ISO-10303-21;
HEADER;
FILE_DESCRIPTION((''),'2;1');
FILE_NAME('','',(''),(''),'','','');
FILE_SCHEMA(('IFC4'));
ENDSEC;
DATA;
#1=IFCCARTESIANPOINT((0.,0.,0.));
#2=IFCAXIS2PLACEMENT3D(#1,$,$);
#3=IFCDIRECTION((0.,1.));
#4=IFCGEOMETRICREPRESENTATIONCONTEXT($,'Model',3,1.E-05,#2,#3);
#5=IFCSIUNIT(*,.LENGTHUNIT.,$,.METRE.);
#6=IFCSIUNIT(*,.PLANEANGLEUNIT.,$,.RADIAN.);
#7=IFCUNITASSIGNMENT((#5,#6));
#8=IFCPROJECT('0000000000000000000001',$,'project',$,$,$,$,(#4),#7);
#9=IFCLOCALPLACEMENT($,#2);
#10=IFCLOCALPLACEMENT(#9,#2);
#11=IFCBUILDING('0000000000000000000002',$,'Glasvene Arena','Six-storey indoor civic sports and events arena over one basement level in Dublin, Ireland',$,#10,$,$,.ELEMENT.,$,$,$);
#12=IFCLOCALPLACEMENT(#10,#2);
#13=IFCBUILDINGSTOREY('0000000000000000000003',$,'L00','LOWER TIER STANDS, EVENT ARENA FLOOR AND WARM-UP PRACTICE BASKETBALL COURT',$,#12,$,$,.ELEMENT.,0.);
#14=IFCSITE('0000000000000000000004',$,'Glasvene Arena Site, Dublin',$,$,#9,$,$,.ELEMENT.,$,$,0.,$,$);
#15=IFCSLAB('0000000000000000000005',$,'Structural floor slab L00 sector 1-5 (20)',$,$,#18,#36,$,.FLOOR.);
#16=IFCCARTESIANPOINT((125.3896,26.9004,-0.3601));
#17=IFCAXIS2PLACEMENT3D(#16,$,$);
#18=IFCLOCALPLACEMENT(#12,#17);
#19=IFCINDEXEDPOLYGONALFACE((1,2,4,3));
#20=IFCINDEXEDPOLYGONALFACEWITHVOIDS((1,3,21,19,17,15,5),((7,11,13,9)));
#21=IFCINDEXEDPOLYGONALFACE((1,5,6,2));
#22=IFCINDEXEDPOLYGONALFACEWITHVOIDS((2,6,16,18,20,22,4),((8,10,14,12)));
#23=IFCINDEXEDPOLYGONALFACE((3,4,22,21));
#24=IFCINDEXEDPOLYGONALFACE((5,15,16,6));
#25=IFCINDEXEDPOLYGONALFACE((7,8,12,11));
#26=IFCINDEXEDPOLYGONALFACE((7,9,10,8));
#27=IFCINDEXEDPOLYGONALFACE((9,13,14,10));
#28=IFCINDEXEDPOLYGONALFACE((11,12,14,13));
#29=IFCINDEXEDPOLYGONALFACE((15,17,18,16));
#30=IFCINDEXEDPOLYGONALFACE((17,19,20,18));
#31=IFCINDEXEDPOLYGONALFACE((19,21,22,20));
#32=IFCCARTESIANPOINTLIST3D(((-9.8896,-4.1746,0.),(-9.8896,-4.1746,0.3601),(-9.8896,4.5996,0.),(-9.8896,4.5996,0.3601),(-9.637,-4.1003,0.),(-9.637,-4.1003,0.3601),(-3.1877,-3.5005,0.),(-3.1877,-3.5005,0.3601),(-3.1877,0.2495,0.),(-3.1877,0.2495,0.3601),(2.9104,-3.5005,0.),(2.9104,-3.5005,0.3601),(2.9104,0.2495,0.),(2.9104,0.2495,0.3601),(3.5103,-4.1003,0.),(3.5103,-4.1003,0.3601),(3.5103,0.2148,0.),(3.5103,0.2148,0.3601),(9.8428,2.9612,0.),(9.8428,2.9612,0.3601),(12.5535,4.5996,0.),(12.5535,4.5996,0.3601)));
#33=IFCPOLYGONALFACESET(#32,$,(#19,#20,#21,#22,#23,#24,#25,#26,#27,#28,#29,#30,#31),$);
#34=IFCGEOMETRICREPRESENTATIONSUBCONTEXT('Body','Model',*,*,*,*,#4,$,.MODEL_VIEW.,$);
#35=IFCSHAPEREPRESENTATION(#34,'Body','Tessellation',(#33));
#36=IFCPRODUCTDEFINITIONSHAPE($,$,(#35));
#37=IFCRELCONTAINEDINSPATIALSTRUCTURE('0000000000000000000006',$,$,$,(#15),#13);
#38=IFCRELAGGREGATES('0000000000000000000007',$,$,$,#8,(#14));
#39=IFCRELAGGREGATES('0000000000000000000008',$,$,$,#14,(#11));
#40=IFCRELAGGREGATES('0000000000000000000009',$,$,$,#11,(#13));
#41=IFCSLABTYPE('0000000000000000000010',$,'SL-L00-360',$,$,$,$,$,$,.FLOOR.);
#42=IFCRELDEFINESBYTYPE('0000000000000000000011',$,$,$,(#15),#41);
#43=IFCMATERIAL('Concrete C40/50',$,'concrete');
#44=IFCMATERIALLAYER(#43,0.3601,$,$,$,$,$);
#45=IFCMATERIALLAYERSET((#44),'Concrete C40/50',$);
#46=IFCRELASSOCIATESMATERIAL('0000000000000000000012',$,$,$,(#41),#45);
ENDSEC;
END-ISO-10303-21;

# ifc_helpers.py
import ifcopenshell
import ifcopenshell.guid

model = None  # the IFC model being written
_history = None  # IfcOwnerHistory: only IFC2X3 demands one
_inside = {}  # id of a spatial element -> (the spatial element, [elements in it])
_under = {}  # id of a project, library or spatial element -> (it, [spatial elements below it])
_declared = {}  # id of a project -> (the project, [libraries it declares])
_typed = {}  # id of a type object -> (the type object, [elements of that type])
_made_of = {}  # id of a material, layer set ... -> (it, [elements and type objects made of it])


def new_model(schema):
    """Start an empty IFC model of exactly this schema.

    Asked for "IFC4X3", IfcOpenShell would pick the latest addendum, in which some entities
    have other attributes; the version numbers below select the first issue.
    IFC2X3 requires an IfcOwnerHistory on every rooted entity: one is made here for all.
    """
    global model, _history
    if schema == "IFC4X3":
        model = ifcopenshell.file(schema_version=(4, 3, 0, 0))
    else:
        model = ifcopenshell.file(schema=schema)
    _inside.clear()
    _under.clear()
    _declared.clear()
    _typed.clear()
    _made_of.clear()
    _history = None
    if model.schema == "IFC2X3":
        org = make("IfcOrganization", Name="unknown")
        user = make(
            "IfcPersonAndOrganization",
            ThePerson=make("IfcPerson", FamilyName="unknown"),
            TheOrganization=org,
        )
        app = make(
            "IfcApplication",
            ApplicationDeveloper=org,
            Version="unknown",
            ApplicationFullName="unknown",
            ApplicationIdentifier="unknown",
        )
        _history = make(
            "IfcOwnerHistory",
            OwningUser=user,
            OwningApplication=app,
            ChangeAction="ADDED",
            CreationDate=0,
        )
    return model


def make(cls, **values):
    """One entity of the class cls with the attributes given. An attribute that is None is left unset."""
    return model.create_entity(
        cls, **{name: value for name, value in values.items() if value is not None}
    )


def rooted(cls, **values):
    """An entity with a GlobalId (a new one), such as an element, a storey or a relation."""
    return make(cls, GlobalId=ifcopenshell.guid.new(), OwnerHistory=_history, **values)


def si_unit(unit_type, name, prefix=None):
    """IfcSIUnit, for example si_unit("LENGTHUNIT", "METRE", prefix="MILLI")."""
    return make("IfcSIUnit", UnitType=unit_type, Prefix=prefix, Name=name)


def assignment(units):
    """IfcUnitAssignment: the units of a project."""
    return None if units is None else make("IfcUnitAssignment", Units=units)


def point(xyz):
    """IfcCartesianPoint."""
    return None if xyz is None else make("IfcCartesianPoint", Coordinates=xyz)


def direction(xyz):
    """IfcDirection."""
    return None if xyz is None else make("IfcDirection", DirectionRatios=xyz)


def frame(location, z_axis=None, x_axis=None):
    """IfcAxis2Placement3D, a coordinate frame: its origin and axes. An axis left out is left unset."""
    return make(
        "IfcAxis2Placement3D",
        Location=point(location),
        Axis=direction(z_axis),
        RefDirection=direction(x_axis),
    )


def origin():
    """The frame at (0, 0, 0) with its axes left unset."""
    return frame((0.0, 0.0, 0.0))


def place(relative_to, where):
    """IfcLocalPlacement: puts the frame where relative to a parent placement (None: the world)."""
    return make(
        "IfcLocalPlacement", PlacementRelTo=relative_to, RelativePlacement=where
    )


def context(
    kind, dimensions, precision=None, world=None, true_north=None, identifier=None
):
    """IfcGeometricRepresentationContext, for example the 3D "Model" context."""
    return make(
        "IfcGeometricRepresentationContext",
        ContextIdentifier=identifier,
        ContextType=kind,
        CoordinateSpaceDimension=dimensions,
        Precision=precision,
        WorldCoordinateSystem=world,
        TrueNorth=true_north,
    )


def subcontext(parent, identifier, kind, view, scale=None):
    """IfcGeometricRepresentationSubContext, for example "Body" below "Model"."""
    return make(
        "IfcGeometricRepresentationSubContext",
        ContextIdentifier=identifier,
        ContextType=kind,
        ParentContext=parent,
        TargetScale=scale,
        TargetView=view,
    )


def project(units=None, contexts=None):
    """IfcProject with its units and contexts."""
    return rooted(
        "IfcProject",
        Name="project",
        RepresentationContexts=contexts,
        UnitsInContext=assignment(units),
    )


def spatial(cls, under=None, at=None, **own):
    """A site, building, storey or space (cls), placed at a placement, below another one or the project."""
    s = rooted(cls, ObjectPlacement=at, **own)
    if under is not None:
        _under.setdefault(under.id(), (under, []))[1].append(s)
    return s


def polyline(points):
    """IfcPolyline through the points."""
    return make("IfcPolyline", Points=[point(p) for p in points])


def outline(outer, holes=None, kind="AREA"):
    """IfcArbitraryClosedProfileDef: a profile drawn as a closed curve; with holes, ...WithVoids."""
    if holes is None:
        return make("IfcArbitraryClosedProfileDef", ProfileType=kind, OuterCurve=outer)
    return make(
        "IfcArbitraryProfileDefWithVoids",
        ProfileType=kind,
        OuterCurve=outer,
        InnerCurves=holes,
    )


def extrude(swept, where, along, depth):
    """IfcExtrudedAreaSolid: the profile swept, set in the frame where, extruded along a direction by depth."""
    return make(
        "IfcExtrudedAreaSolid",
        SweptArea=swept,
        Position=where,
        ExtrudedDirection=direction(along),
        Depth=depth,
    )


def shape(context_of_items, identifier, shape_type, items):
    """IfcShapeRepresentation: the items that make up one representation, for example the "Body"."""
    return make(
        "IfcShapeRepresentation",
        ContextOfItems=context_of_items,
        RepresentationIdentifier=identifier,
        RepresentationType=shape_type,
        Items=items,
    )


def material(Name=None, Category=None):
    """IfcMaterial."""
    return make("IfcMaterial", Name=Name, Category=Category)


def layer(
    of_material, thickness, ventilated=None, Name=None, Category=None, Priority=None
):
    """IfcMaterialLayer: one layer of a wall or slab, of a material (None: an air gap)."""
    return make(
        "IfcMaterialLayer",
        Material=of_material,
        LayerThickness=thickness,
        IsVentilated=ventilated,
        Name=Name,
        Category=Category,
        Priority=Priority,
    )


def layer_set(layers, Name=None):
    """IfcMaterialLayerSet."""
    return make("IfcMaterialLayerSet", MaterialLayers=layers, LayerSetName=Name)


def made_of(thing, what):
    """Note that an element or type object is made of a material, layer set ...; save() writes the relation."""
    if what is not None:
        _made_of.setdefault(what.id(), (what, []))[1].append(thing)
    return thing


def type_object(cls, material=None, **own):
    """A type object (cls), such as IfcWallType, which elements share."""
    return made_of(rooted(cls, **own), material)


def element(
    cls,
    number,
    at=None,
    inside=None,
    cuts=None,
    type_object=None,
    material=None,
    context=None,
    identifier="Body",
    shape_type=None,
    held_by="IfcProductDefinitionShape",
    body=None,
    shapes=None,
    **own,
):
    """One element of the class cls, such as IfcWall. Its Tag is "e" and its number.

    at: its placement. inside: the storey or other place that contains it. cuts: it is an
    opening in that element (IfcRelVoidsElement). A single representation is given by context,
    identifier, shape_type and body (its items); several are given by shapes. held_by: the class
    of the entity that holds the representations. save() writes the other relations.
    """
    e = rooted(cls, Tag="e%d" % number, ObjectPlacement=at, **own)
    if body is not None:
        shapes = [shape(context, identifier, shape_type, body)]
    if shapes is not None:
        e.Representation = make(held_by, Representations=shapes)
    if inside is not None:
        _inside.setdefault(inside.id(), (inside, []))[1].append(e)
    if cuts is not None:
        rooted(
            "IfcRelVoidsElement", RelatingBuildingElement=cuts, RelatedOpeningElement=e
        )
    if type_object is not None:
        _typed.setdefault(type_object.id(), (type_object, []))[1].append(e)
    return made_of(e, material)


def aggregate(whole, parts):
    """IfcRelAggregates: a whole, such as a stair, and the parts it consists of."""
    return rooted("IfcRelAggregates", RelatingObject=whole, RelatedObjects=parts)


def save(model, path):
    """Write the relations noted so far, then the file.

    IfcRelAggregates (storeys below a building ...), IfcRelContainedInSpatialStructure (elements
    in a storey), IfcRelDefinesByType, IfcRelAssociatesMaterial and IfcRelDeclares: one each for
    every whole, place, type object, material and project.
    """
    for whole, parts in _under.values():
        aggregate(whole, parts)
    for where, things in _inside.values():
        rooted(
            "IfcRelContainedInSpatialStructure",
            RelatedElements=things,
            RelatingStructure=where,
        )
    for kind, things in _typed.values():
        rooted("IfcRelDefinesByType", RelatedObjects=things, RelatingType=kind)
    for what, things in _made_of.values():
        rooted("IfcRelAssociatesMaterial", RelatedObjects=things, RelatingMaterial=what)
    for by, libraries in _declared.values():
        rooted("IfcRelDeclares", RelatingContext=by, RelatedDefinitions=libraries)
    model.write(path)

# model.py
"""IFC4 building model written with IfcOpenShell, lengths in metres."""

from ifc_helpers import new_model, si_unit, direction, frame, origin, place, context, subcontext, project, spatial, polyline, outline, extrude, material, layer, layer_set, type_object, element, save


model = new_model("IFC4")

# Units and contexts
model_context = context("Model", 3, precision=1e-05, world=origin(), true_north=direction((0.0, 1.0)))
body_context = subcontext(model_context, "Body", "Model", "MODEL_VIEW")
ifc_project = project(units=[si_unit("LENGTHUNIT", "METRE"), si_unit("PLANEANGLEUNIT", "RADIAN")], contexts=[model_context])

# Site, building, storey
site_placement = place(None, origin())
site = spatial("IfcSite", under=ifc_project, at=site_placement, Name="Glasvene Arena Site, Dublin", CompositionType="ELEMENT", RefElevation=0.0)
building_placement = place(site_placement, origin())
building = spatial("IfcBuilding", under=site, at=building_placement, Name="Glasvene Arena", Description="Six-storey indoor civic sports and events arena over one basement level in Dublin, Ireland", CompositionType="ELEMENT")
storey_placement = place(building_placement, origin())
storey = spatial("IfcBuildingStorey", under=building, at=storey_placement, Name="L00", Description="LOWER TIER STANDS, EVENT ARENA FLOOR AND WARM-UP PRACTICE BASKETBALL COURT", CompositionType="ELEMENT", Elevation=0.0)

# Slab
ifc_material_1 = material(Name="Concrete C40/50", Category="concrete")
ifc_layer_1 = layer(ifc_material_1, 0.3601)
ifc_layer_set_1 = layer_set([ifc_layer_1], Name="Concrete C40/50")
slab_type = type_object("IfcSlabType", Name="SL-L00-360", PredefinedType="FLOOR", material=ifc_layer_set_1)
slab_placement = place(storey_placement, frame((125.3896, 26.9004, -0.3601)))
element("IfcSlab", 1, at=slab_placement, inside=storey, type_object=slab_type, Name="Structural floor slab L00 sector 1-5 (20)", PredefinedType="FLOOR", context=body_context, shape_type="SweptSolid", body=[
    extrude(outline(polyline([(3.5103, 0.2148), (3.5103, -4.1003), (-9.637, -4.1003), (-9.8896, -4.1746), (-9.8896, 4.5996), (12.5535, 4.5996), (9.8428, 2.9612), (3.5103, 0.2148)]), holes=[polyline([(2.9104, -3.5005), (2.9104, 0.2495), (-3.1877, 0.2495), (-3.1877, -3.5005), (2.9104, -3.5005)])]), origin(), (0.0, 0.0, 1.0), 0.3601),
])

save(model, "model.ifc")
